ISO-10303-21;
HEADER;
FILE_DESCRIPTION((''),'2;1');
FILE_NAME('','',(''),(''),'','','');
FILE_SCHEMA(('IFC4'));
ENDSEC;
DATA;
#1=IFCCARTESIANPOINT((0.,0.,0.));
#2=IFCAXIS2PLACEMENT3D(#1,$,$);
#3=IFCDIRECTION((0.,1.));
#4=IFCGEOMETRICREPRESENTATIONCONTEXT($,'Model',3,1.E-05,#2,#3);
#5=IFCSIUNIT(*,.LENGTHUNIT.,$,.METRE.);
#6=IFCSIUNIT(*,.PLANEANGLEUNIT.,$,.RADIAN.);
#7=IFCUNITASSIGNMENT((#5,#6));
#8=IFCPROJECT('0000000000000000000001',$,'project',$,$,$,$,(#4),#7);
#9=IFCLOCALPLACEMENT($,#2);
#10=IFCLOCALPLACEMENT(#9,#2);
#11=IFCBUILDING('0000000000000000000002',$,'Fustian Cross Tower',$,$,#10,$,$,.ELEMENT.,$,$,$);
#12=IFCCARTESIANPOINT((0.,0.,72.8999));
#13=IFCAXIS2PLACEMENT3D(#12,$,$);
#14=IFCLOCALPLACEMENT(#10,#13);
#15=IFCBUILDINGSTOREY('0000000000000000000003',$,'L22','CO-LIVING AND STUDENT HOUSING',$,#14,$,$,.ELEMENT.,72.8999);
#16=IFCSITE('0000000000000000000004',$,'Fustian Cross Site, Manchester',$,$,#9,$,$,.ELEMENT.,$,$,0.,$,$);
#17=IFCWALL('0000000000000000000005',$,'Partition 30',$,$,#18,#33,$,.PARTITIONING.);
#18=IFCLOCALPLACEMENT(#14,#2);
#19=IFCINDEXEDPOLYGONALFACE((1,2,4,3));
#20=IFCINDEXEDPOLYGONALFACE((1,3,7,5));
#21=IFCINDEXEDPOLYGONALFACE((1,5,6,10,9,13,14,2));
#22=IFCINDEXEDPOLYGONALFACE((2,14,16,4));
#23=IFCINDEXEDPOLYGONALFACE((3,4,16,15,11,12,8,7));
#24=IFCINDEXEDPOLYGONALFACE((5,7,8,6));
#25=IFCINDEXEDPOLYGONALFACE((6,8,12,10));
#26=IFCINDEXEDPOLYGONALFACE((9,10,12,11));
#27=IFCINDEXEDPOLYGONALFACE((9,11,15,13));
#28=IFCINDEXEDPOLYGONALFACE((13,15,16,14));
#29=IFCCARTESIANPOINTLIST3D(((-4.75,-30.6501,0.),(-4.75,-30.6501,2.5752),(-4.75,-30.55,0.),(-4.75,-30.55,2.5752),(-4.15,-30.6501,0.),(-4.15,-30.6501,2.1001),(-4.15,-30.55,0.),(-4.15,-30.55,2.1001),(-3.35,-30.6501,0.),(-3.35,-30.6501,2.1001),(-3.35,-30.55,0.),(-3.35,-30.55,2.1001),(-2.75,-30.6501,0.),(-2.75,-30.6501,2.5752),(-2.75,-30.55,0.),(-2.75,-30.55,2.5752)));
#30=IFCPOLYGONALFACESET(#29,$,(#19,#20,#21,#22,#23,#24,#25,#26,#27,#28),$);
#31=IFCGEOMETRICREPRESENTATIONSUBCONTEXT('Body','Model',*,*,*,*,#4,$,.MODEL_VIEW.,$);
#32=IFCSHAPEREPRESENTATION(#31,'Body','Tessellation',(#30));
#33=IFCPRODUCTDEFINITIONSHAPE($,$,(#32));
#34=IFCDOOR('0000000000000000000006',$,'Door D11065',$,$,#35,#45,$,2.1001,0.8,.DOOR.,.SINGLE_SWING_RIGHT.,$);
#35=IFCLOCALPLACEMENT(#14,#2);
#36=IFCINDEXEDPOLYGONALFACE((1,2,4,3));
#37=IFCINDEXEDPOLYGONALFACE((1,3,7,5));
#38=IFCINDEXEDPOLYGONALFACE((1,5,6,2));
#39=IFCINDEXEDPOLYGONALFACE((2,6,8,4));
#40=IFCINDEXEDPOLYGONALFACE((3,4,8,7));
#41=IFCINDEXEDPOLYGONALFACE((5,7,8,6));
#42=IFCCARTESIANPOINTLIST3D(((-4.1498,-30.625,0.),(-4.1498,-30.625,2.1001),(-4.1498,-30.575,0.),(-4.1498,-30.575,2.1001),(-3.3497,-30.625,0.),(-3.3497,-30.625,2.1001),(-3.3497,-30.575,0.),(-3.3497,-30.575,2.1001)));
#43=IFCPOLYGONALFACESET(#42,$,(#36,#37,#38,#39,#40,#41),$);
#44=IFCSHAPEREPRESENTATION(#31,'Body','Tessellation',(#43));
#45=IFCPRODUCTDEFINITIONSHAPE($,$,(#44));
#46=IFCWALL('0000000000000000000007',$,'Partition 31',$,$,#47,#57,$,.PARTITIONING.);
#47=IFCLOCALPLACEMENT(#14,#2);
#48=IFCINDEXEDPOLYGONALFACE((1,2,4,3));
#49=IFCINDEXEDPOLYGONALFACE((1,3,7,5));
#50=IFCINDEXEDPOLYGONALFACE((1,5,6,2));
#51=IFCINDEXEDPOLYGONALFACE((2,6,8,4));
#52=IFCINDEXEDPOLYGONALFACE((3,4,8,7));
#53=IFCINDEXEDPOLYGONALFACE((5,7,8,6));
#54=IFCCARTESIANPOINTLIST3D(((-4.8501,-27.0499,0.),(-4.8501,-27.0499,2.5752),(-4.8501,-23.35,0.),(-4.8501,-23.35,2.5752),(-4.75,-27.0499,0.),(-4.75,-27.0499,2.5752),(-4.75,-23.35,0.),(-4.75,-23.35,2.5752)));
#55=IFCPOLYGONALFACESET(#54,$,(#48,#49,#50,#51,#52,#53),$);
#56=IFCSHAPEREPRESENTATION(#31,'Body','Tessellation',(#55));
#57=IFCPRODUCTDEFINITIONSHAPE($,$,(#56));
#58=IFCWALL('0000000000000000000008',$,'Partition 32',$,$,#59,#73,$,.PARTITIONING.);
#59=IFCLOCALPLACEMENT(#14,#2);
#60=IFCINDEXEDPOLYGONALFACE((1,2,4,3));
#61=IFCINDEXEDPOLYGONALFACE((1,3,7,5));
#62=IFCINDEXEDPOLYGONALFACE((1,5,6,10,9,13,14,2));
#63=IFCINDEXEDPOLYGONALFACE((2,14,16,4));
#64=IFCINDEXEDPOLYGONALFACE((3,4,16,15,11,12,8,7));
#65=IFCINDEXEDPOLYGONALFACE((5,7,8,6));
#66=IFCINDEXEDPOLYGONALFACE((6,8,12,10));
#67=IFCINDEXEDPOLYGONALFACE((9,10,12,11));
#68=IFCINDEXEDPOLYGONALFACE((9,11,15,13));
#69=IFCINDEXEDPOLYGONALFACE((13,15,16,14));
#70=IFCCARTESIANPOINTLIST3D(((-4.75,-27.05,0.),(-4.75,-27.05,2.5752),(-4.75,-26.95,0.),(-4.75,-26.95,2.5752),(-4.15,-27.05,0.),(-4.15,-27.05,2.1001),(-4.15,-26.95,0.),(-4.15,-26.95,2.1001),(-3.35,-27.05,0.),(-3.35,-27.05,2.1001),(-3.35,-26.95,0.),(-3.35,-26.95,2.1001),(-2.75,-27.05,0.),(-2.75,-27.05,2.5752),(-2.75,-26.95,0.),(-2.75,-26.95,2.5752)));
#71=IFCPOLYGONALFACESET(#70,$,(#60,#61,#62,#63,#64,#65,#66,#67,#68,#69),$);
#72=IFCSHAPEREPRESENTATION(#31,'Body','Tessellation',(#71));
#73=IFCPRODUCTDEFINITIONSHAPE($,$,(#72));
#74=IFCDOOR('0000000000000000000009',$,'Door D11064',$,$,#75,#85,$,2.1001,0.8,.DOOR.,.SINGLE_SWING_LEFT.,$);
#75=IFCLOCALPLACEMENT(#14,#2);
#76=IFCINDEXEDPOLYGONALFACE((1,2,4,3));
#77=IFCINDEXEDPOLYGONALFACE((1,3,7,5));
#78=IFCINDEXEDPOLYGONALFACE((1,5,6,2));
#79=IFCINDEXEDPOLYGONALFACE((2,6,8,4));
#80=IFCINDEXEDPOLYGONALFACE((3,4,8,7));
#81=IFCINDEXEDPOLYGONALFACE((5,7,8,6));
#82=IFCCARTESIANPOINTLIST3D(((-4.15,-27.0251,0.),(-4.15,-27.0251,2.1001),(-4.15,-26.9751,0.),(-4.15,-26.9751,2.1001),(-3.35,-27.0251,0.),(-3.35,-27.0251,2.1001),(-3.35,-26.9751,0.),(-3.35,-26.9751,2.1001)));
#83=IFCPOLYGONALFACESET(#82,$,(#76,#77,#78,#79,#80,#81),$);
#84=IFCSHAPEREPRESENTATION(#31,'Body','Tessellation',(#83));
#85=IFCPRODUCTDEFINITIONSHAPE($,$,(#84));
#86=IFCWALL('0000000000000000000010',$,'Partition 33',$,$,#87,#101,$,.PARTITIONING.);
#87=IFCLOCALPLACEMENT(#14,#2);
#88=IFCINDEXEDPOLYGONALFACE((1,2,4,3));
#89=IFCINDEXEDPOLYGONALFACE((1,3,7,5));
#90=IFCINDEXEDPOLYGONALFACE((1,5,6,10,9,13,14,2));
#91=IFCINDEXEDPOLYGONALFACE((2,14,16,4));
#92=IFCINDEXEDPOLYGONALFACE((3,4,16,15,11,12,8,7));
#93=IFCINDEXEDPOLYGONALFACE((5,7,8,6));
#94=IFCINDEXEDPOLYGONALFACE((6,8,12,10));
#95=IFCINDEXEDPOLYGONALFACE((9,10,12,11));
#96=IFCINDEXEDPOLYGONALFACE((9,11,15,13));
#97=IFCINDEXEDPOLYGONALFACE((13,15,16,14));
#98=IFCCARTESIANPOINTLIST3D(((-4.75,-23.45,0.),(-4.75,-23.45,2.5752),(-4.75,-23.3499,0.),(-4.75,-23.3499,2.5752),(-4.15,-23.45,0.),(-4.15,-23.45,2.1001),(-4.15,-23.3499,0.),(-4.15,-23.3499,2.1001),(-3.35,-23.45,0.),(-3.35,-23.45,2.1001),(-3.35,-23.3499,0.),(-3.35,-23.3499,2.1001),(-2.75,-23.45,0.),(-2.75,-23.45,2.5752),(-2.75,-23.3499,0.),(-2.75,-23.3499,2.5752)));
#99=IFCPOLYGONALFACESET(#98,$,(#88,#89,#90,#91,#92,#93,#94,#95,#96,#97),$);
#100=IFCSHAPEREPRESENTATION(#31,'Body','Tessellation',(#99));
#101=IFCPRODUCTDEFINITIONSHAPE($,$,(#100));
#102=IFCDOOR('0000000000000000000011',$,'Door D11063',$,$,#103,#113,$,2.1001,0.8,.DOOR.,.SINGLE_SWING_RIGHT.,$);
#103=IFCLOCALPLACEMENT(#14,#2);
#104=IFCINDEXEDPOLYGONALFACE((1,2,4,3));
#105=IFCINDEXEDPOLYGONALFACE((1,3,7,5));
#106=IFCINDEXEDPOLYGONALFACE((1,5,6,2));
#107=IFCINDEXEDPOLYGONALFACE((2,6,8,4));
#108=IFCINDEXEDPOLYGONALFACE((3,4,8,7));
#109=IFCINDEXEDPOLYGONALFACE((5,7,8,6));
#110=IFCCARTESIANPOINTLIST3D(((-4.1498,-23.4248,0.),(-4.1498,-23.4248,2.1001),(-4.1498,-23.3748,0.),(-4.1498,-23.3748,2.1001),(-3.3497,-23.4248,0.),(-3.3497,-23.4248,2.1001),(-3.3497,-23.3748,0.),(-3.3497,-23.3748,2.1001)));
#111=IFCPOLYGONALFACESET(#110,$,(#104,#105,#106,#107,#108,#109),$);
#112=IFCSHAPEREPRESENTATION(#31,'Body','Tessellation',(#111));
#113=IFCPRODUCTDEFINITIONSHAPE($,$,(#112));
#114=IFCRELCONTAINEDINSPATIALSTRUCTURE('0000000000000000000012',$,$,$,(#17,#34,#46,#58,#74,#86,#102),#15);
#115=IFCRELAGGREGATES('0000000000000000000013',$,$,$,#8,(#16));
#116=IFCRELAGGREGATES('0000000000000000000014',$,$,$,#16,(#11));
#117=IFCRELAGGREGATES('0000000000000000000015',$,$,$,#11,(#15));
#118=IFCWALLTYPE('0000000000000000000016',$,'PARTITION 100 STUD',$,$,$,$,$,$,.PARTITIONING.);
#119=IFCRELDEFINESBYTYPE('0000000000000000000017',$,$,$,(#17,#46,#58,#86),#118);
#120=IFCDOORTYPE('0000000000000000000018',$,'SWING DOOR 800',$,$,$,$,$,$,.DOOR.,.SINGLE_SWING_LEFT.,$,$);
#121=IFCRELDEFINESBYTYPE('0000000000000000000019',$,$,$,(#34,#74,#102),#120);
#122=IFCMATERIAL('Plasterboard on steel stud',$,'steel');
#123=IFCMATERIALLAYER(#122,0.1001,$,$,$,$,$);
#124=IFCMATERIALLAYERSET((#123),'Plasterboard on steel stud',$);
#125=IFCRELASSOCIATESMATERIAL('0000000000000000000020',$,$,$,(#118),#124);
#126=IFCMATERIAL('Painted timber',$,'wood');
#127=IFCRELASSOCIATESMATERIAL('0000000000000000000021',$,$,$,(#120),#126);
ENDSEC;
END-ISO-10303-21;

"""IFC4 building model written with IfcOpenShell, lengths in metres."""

from ifc_helpers import new_model, si_unit, direction, frame, frame_2d, origin, place, context, subcontext, project, spatial, rectangle, extrude, material, layer, layer_set, type_object, element, fill, save


model = new_model("IFC4")

# Units and contexts
model_context = context("Model", 3, precision=1e-05, world=origin(), true_north=direction((0.0, 1.0)))
body_context = subcontext(model_context, "Body", "Model", "MODEL_VIEW")
ifc_project = project(units=[si_unit("LENGTHUNIT", "METRE"), si_unit("PLANEANGLEUNIT", "RADIAN")], contexts=[model_context])

# Site, building, storey
site_placement = place(None, origin())
site = spatial("IfcSite", under=ifc_project, at=site_placement, Name="Fustian Cross Site, Manchester", CompositionType="ELEMENT", RefElevation=0.0)
building_placement = place(site_placement, origin())
building = spatial("IfcBuilding", under=site, at=building_placement, Name="Fustian Cross Tower", CompositionType="ELEMENT")
storey_placement = place(building_placement, frame((0.0, 0.0, 72.8999)))
storey = spatial("IfcBuildingStorey", under=building, at=storey_placement, Name="L22", Description="CO-LIVING AND STUDENT HOUSING", CompositionType="ELEMENT", Elevation=72.8999)

# Shared definitions
ifc_material_1 = material(Name="Plasterboard on steel stud", Category="steel")
ifc_layer_1 = layer(ifc_material_1, 0.1001)
ifc_layer_set_1 = layer_set([ifc_layer_1], Name="Plasterboard on steel stud")
wall_type_1 = type_object("IfcWallType", Name="PARTITION 100 STUD", PredefinedType="PARTITIONING", material=ifc_layer_set_1)
ifc_material_2 = material(Name="Painted timber", Category="wood")
door_type_1 = type_object("IfcDoorType", Name="SWING DOOR 800", OperationType="SINGLE_SWING_LEFT", PredefinedType="DOOR", material=ifc_material_2)

# Wall, opening, door
wall_1_placement = place(storey_placement, frame((-4.75, -30.6001, 0.0), z_axis=(0.0, 0.0, 1.0), x_axis=(1.0, 0.0, 0.0)))
wall_1 = element("IfcWall", 1, at=wall_1_placement, inside=storey, type_object=wall_type_1, Name="Partition 30", PredefinedType="PARTITIONING", context=body_context, shape_type="SweptSolid", body=[
    extrude(rectangle(XDim=2.0, YDim=0.1001, at=frame_2d((1.0, 0.0))), origin(), (0.0, 0.0, 1.0), 2.5752),
])
opening_1_placement = place(wall_1_placement, frame((0.6001, 0.0, 0.0)))
opening_1 = element("IfcOpeningElement", 2, at=opening_1_placement, cuts=wall_1, PredefinedType="OPENING", context=body_context, shape_type="SweptSolid", body=[
    extrude(rectangle(XDim=0.8, YDim=2.1001, at=frame_2d((0.3999, 1.05))), frame((0.0, 0.0601, 0.0), z_axis=(0.0, -1.0, 0.0), x_axis=(1.0, 0.0, 0.0)), (0.0, 0.0, 1.0), 0.1201),
])
door_1_placement = place(opening_1_placement, frame((0.8, 0.0, 0.0), z_axis=(0.0, 0.0, 1.0), x_axis=(-1.0, 0.0, 0.0)))
door_1 = element("IfcDoor", 3, at=door_1_placement, inside=storey, type_object=door_type_1, Name="Door D11065", OperationType="SINGLE_SWING_RIGHT", OverallHeight=2.1001, OverallWidth=0.8, PredefinedType="DOOR", context=body_context, shape_type="SweptSolid", body=[
    extrude(rectangle(XDim=0.8, YDim=2.1001, at=frame_2d((0.3999, 1.05))), frame((0.0, 0.0249, 0.0), z_axis=(0.0, -1.0, 0.0), x_axis=(1.0, 0.0, 0.0)), (0.0, 0.0, 1.0), 0.05),
])
fill(opening_1, door_1)

# Wall
wall_2_placement = place(storey_placement, frame((-4.8, -27.05, 0.0), z_axis=(0.0, 0.0, 1.0), x_axis=(0.0, 1.0, 0.0)))
element("IfcWall", 4, at=wall_2_placement, inside=storey, type_object=wall_type_1, Name="Partition 31", PredefinedType="PARTITIONING", context=body_context, shape_type="SweptSolid", body=[
    extrude(rectangle(XDim=3.7, YDim=0.1001, at=frame_2d((1.8501, 0.0))), origin(), (0.0, 0.0, 1.0), 2.5752),
])

# Walls, openings, doors
wall_3_placement = place(storey_placement, frame((-4.75, -27.0, 0.0), z_axis=(0.0, 0.0, 1.0), x_axis=(1.0, 0.0, 0.0)))
wall_3 = element("IfcWall", 5, at=wall_3_placement, inside=storey, type_object=wall_type_1, Name="Partition 32", PredefinedType="PARTITIONING", context=body_context, shape_type="SweptSolid", body=[
    extrude(rectangle(XDim=2.0, YDim=0.1001, at=frame_2d((1.0, 0.0))), origin(), (0.0, 0.0, 1.0), 2.5752),
])
opening_2_placement = place(wall_3_placement, frame((0.6001, 0.0, 0.0)))
opening_2 = element("IfcOpeningElement", 6, at=opening_2_placement, cuts=wall_3, PredefinedType="OPENING", context=body_context, shape_type="SweptSolid", body=[
    extrude(rectangle(XDim=0.8, YDim=2.1001, at=frame_2d((0.3999, 1.05))), frame((0.0, 0.0601, 0.0), z_axis=(0.0, -1.0, 0.0), x_axis=(1.0, 0.0, 0.0)), (0.0, 0.0, 1.0), 0.1201),
])
door_2_placement = place(opening_2_placement, origin())
door_2 = element("IfcDoor", 7, at=door_2_placement, inside=storey, type_object=door_type_1, Name="Door D11064", OperationType="SINGLE_SWING_LEFT", OverallHeight=2.1001, OverallWidth=0.8, PredefinedType="DOOR", context=body_context, shape_type="SweptSolid", body=[
    extrude(rectangle(XDim=0.8, YDim=2.1001, at=frame_2d((0.3999, 1.05))), frame((0.0, 0.0249, 0.0), z_axis=(0.0, -1.0, 0.0), x_axis=(1.0, 0.0, 0.0)), (0.0, 0.0, 1.0), 0.05),
])
fill(opening_2, door_2)
wall_4_placement = place(storey_placement, frame((-4.75, -23.3999, 0.0), z_axis=(0.0, 0.0, 1.0), x_axis=(1.0, 0.0, 0.0)))
wall_4 = element("IfcWall", 8, at=wall_4_placement, inside=storey, type_object=wall_type_1, Name="Partition 33", PredefinedType="PARTITIONING", context=body_context, shape_type="SweptSolid", body=[
    extrude(rectangle(XDim=2.0, YDim=0.1001, at=frame_2d((1.0, 0.0))), origin(), (0.0, 0.0, 1.0), 2.5752),
])
opening_3_placement = place(wall_4_placement, frame((0.6001, 0.0, 0.0)))
opening_3 = element("IfcOpeningElement", 9, at=opening_3_placement, cuts=wall_4, PredefinedType="OPENING", context=body_context, shape_type="SweptSolid", body=[
    extrude(rectangle(XDim=0.8, YDim=2.1001, at=frame_2d((0.3999, 1.05))), frame((0.0, 0.0601, 0.0), z_axis=(0.0, -1.0, 0.0), x_axis=(1.0, 0.0, 0.0)), (0.0, 0.0, 1.0), 0.1201),
])
door_3_placement = place(opening_3_placement, frame((0.8, 0.0, 0.0), z_axis=(0.0, 0.0, 1.0), x_axis=(-1.0, 0.0, 0.0)))
door_3 = element("IfcDoor", 10, at=door_3_placement, inside=storey, type_object=door_type_1, Name="Door D11063", OperationType="SINGLE_SWING_RIGHT", OverallHeight=2.1001, OverallWidth=0.8, PredefinedType="DOOR", context=body_context, shape_type="SweptSolid", body=[
    extrude(rectangle(XDim=0.8, YDim=2.1001, at=frame_2d((0.3999, 1.05))), frame((0.0, 0.0249, 0.0), z_axis=(0.0, -1.0, 0.0), x_axis=(1.0, 0.0, 0.0)), (0.0, 0.0, 1.0), 0.05),
])
fill(opening_3, door_3)

save(model, "model.ifc")
